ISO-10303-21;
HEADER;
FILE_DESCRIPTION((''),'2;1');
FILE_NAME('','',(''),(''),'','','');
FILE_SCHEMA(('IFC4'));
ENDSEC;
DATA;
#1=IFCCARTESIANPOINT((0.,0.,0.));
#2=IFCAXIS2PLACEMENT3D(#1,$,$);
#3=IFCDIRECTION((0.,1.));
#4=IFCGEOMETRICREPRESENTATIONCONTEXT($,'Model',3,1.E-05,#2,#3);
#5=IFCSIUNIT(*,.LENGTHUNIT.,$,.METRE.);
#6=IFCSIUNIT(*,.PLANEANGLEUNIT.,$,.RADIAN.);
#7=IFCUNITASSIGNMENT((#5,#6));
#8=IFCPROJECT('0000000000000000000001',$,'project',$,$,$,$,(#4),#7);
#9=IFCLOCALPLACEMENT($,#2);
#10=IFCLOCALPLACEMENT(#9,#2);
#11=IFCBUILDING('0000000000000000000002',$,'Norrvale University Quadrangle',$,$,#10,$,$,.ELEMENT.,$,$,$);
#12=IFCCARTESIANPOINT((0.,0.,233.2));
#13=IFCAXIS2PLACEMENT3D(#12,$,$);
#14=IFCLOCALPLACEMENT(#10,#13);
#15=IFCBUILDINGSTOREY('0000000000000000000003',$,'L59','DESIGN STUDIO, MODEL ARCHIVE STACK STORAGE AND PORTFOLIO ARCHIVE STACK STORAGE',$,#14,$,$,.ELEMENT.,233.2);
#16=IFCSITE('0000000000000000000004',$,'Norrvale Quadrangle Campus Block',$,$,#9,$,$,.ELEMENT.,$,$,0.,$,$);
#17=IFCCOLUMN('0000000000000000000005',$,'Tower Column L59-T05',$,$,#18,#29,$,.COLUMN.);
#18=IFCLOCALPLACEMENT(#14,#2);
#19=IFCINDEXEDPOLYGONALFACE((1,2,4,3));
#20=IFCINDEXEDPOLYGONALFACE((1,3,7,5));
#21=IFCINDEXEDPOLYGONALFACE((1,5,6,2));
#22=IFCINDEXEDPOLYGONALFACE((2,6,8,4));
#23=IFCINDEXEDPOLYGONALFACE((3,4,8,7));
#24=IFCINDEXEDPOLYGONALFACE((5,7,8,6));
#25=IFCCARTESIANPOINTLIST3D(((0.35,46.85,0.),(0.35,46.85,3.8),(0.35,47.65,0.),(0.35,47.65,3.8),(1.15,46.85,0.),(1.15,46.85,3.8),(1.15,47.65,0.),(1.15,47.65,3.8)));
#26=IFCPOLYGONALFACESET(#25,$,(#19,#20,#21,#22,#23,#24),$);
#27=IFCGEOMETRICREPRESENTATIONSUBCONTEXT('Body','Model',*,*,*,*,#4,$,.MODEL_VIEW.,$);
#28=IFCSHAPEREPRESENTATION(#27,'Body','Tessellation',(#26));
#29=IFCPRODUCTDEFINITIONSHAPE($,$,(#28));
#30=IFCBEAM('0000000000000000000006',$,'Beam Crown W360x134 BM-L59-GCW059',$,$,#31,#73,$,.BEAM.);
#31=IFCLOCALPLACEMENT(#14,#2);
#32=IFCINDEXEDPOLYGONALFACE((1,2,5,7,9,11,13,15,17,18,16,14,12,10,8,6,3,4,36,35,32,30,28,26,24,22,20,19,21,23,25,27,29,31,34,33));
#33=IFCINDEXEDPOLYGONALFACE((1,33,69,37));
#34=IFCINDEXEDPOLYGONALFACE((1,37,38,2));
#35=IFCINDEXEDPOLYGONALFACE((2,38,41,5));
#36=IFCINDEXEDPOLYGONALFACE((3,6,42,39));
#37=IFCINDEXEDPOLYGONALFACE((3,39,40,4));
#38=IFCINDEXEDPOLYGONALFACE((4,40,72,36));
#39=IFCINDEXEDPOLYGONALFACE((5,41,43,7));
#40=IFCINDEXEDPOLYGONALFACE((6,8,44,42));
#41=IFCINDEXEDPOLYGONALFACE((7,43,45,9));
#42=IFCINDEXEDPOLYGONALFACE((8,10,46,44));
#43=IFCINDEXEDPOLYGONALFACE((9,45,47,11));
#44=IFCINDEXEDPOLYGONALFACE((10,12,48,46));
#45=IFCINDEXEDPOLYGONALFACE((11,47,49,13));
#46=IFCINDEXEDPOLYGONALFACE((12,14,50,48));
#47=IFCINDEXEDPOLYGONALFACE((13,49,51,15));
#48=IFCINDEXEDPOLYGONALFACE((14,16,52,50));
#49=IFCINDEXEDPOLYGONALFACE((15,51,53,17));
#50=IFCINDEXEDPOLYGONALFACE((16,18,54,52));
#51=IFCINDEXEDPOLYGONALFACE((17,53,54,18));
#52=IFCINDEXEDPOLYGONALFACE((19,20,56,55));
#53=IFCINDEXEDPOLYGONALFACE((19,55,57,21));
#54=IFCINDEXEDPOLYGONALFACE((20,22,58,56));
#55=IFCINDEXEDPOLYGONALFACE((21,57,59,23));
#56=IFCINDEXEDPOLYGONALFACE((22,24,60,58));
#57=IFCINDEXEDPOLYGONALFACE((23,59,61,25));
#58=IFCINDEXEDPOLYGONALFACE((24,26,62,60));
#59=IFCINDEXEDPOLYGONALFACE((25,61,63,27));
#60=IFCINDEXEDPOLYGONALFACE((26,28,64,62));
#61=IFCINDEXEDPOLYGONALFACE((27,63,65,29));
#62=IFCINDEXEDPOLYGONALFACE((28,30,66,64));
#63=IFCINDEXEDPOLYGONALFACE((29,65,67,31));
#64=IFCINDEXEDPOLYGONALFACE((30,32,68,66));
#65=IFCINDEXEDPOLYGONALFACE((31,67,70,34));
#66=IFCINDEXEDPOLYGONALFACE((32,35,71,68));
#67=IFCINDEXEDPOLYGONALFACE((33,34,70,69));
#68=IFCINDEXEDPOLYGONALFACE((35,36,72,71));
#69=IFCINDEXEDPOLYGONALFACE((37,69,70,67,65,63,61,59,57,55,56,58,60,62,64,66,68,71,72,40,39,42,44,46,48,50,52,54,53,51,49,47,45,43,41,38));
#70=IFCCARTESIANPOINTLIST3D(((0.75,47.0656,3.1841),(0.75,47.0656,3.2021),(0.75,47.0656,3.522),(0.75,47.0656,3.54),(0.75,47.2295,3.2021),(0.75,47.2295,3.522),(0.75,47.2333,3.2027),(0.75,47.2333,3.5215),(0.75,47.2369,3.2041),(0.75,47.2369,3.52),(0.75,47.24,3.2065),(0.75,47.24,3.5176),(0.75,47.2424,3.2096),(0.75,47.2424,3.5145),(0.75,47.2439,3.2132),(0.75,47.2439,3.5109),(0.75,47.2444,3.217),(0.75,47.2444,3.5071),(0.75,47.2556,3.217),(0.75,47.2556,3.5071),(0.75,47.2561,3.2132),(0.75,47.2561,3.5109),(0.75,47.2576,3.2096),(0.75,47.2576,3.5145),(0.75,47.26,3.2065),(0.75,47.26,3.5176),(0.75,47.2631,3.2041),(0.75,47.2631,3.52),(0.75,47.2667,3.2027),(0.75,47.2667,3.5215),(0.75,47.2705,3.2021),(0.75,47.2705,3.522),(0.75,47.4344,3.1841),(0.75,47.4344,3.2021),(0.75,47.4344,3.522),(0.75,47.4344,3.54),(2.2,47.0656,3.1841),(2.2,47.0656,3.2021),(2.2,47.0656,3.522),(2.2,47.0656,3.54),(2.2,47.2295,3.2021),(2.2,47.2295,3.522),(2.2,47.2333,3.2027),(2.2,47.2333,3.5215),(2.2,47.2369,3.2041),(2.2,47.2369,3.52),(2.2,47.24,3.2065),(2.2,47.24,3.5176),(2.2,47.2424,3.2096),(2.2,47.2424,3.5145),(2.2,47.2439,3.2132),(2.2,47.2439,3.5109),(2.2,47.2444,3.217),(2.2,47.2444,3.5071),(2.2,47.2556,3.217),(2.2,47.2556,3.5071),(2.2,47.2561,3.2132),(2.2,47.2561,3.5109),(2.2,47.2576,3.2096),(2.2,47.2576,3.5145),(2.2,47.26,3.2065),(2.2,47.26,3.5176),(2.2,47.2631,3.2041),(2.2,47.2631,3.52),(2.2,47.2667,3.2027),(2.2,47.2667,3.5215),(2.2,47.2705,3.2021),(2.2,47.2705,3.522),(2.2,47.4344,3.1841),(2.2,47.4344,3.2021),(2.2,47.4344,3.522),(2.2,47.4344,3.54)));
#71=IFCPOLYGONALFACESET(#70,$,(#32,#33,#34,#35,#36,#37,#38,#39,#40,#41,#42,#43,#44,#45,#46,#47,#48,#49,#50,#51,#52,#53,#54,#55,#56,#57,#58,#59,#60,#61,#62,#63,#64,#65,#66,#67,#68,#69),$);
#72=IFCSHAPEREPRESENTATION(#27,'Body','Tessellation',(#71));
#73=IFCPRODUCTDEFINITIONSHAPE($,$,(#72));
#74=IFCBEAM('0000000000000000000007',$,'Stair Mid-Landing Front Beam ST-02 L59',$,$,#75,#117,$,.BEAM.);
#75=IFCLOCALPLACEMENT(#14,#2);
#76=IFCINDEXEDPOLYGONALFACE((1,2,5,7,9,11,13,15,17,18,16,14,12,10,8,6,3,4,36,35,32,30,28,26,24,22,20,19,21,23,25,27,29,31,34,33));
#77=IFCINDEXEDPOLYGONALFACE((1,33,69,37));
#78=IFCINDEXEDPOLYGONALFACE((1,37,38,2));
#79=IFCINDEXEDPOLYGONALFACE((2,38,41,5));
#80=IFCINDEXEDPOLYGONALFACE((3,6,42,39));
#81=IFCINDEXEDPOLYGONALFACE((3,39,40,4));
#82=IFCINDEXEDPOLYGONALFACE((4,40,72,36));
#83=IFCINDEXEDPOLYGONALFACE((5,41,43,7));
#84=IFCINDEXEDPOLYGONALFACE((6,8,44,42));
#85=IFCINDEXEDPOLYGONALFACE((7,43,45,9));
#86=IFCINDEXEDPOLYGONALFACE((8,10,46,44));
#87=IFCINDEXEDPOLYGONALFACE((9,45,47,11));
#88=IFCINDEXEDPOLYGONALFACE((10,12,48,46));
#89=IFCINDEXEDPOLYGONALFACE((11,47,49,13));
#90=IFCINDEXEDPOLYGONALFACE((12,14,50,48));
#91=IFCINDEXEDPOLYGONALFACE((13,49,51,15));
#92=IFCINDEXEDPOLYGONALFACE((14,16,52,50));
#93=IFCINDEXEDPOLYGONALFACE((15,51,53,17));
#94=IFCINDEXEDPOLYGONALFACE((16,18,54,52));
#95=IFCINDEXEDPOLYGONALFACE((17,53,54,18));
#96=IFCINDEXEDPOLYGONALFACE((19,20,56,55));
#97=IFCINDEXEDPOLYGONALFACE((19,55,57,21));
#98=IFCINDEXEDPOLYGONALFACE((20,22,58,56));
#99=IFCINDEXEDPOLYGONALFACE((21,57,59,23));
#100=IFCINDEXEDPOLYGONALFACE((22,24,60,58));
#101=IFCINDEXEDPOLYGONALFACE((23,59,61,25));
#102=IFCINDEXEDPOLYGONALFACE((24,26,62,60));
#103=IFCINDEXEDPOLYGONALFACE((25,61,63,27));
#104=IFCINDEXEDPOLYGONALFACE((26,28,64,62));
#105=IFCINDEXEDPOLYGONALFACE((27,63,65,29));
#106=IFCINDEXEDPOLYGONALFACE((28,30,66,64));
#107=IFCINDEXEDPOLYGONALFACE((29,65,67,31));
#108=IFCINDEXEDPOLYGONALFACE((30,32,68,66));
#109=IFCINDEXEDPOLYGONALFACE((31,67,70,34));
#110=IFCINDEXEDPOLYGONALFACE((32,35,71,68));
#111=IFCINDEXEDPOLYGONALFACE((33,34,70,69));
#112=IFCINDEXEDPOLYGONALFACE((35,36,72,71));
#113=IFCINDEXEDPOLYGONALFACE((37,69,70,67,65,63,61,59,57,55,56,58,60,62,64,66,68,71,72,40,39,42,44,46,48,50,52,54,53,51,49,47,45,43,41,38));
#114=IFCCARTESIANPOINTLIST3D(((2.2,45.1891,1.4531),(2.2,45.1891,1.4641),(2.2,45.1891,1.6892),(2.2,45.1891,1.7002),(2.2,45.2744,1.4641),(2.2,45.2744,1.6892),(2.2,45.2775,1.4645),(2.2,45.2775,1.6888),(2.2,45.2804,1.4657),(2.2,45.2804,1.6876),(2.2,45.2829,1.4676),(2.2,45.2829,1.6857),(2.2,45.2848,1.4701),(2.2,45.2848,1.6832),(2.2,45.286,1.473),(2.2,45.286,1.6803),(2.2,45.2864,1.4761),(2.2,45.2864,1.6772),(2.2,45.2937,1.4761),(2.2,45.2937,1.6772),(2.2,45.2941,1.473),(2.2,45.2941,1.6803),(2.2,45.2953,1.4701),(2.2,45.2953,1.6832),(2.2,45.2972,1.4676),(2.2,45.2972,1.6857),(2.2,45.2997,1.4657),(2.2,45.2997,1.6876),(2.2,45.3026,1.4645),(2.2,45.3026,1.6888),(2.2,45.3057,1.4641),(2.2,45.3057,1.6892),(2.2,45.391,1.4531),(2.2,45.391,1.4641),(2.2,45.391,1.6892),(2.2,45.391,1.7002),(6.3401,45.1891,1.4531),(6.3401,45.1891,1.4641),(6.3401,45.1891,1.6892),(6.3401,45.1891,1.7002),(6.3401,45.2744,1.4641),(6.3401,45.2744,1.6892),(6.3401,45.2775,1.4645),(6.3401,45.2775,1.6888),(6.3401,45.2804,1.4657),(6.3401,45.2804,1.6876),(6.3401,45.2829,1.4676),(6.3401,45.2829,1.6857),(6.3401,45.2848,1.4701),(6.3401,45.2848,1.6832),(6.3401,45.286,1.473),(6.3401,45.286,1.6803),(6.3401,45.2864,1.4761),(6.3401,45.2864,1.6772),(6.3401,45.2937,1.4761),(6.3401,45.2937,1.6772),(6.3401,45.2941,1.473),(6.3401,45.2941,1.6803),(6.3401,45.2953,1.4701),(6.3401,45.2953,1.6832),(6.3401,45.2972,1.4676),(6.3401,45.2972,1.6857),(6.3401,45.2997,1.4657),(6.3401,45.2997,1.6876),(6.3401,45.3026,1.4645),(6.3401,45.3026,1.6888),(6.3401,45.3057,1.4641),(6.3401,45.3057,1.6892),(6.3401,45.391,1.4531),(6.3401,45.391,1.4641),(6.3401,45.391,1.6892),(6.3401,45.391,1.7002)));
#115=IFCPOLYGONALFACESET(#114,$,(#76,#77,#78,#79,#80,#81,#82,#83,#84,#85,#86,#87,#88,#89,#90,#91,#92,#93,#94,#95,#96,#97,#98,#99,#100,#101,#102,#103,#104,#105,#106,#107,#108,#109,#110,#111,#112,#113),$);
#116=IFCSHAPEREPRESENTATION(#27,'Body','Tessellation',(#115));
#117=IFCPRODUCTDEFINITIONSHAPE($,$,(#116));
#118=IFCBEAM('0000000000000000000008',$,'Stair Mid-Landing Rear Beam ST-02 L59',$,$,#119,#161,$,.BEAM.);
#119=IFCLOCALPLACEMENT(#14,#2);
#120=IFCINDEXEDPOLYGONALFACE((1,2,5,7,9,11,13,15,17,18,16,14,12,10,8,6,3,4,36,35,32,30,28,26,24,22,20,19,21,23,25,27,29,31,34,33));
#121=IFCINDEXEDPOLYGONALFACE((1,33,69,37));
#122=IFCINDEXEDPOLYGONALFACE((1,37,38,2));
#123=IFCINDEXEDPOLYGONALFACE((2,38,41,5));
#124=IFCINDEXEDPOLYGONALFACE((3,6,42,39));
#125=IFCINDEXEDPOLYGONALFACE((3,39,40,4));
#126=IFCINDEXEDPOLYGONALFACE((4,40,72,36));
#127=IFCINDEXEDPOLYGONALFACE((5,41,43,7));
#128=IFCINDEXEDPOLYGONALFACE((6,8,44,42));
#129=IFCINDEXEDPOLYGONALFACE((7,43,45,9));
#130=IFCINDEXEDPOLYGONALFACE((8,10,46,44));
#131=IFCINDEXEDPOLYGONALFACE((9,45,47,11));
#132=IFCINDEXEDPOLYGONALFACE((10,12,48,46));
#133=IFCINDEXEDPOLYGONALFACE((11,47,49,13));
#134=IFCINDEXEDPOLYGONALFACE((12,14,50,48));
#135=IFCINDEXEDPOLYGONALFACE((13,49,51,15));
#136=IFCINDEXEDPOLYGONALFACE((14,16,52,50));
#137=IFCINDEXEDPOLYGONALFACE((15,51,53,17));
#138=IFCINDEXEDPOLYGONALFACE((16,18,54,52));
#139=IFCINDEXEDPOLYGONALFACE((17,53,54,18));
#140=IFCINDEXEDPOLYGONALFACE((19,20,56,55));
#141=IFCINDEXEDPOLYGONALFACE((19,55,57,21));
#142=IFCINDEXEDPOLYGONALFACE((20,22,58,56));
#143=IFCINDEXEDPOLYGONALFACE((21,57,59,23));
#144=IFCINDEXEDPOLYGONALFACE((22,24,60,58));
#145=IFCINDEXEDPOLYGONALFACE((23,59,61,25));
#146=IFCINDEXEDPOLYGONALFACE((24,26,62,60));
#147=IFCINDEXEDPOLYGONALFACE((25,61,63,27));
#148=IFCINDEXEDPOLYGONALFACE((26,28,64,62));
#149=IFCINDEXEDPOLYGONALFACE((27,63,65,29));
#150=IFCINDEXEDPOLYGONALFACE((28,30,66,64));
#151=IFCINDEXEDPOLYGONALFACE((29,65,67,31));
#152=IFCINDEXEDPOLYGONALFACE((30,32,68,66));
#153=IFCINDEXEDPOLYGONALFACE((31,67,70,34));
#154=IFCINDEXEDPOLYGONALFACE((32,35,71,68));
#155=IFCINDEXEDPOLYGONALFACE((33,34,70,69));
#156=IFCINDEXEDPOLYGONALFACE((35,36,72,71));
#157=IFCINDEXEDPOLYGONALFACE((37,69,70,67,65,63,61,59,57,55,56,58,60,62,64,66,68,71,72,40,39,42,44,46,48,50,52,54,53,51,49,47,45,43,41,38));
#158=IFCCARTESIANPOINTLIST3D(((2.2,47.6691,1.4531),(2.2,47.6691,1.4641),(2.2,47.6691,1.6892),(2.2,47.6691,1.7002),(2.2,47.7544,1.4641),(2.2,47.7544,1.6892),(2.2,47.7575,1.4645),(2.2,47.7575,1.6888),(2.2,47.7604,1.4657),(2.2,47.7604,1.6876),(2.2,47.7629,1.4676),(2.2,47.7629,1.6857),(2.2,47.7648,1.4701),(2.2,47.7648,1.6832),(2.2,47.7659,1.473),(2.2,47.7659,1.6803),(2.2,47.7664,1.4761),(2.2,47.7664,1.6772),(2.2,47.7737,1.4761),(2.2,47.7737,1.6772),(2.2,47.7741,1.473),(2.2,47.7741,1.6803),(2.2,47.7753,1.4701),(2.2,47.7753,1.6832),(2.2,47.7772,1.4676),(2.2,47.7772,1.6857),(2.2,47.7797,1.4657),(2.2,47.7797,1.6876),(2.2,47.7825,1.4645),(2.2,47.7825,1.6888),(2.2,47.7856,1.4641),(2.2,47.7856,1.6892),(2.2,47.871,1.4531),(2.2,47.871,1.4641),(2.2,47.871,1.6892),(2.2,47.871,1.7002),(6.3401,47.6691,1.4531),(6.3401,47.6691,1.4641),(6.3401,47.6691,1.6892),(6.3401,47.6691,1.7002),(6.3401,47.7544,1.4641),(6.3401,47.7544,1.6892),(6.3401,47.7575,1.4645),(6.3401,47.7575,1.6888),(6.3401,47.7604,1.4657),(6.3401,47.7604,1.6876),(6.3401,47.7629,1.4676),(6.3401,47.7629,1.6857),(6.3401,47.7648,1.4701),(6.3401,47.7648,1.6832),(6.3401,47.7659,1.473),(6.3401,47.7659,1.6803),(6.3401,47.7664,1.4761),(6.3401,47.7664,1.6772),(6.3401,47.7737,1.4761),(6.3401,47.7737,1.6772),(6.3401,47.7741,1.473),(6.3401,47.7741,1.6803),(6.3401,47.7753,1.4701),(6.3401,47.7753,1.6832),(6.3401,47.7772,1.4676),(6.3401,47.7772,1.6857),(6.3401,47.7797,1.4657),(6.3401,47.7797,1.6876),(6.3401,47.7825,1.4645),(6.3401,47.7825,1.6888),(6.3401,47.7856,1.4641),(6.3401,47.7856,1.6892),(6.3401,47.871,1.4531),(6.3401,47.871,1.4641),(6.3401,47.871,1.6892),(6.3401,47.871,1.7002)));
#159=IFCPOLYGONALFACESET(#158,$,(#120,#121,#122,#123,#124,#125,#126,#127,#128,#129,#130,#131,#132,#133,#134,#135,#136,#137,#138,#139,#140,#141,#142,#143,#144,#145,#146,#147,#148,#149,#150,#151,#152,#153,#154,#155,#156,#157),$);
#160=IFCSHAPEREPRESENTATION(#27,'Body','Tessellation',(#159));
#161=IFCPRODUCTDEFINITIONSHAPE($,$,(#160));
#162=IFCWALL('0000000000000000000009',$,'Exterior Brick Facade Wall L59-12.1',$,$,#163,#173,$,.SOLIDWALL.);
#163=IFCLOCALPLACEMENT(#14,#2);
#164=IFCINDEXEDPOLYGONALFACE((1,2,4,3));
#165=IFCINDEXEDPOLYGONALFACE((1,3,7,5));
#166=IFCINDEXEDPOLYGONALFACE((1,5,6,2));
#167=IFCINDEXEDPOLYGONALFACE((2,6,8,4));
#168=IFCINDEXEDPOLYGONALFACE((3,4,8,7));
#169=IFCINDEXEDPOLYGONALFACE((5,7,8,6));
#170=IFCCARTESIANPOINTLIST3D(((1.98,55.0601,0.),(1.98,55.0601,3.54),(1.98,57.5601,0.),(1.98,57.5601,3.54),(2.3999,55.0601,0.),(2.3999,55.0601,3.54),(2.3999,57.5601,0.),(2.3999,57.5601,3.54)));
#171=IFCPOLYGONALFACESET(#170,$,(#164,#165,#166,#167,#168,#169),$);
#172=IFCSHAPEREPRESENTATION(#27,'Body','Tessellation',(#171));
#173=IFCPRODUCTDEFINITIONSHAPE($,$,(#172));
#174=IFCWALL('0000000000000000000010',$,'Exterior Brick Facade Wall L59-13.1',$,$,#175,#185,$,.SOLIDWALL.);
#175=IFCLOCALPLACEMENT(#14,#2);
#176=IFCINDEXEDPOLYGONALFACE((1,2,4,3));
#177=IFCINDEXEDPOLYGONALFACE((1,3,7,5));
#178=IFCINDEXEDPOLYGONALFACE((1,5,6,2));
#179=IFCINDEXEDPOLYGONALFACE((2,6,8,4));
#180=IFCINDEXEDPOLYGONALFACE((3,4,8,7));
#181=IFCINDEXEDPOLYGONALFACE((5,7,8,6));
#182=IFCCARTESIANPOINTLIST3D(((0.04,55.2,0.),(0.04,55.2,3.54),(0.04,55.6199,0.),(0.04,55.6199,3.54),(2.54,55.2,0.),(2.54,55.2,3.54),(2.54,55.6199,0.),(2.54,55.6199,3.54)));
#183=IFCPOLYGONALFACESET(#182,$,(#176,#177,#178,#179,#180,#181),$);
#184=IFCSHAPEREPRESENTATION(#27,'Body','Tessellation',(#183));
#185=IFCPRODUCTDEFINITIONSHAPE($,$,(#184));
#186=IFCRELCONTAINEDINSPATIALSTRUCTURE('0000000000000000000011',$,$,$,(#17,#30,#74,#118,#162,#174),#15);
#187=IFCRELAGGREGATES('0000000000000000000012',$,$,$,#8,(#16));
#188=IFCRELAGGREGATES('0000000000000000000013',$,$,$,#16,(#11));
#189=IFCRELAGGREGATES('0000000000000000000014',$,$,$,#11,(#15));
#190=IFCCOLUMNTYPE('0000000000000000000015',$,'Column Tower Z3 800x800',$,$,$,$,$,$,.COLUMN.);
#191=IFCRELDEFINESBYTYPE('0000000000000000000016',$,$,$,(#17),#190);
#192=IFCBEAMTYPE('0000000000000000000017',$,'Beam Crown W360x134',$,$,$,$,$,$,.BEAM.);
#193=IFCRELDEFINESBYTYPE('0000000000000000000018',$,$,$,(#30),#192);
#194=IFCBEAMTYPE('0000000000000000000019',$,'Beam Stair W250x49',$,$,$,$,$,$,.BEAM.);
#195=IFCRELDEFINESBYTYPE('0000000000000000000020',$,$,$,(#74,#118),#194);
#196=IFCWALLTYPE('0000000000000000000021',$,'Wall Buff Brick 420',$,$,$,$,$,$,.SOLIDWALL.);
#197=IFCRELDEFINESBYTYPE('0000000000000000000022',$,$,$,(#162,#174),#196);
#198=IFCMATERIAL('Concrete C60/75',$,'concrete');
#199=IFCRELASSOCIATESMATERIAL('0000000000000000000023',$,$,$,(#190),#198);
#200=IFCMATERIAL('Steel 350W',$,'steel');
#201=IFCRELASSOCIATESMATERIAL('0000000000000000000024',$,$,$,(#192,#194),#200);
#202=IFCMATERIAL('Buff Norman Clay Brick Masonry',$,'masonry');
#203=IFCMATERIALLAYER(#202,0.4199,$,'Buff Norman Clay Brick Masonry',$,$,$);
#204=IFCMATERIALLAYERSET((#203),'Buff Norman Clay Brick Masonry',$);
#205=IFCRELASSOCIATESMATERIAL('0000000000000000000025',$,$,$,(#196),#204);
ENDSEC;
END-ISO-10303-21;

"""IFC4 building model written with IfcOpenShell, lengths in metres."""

from ifc_helpers import new_model, si_unit, direction, frame, frame_2d, origin, origin_2d, place, context, subcontext, project, spatial, rectangle, i_section, extrude, material, layer, layer_set, material_profile, profile_set, type_object, element, save


model = new_model("IFC4")

# Units and contexts
model_context = context("Model", 3, precision=1e-05, world=origin(), true_north=direction((0.0, 1.0)))
body_context = subcontext(model_context, "Body", "Model", "MODEL_VIEW")
ifc_project = project(units=[si_unit("LENGTHUNIT", "METRE"), si_unit("PLANEANGLEUNIT", "RADIAN")], contexts=[model_context])

# Site, building, storey
site_placement = place(None, origin())
site = spatial("IfcSite", under=ifc_project, at=site_placement, Name="Norrvale Quadrangle Campus Block", CompositionType="ELEMENT", RefElevation=0.0)
building_placement = place(site_placement, origin())
building = spatial("IfcBuilding", under=site, at=building_placement, Name="Norrvale University Quadrangle", CompositionType="ELEMENT")
storey_placement = place(building_placement, frame((0.0, 0.0, 233.2)))
storey = spatial("IfcBuildingStorey", under=building, at=storey_placement, Name="L59", Description="DESIGN STUDIO, MODEL ARCHIVE STACK STORAGE AND PORTFOLIO ARCHIVE STACK STORAGE", CompositionType="ELEMENT", Elevation=233.2)

# Column
ifc_material_1 = material(Name="Concrete C60/75", Category="concrete")
ifc_material_profile_1 = material_profile(ifc_material_1, rectangle(XDim=0.8, YDim=0.8, at=origin_2d()), Name="Concrete C60/75")
ifc_profile_set_1 = profile_set([ifc_material_profile_1], Name="Concrete C60/75")
column_type = type_object("IfcColumnType", Name="Column Tower Z3 800x800", PredefinedType="COLUMN", material=ifc_profile_set_1)
column_placement = place(storey_placement, frame((0.75, 47.25, 0.0), z_axis=(0.0, 0.0, 1.0), x_axis=(1.0, 0.0, 0.0)))
element("IfcColumn", 1, at=column_placement, inside=storey, type_object=column_type, Name="Tower Column L59-T05", PredefinedType="COLUMN", context=body_context, shape_type="SweptSolid", body=[
    extrude(rectangle(XDim=0.8, YDim=0.8, at=origin_2d()), origin(), (0.0, 0.0, 1.0), 3.8),
])

# Beams
ifc_material_2 = material(Name="Steel 350W", Category="steel")
ifc_material_profile_2 = material_profile(ifc_material_2, i_section(OverallWidth=0.3689, OverallDepth=0.356, WebThickness=0.0112, FlangeThickness=0.0181, FilletRadius=0.0149, at=origin_2d()), Name="Steel 350W")
ifc_profile_set_2 = profile_set([ifc_material_profile_2], Name="Steel 350W")
beam_type_1 = type_object("IfcBeamType", Name="Beam Crown W360x134", PredefinedType="BEAM", material=ifc_profile_set_2)
beam_placement = place(storey_placement, frame((0.75, 47.25, 3.3621), z_axis=(1.0, 0.0, 0.0), x_axis=(0.0, 1.0, 0.0)))
element("IfcBeam", 2, at=beam_placement, inside=storey, type_object=beam_type_1, Name="Beam Crown W360x134 BM-L59-GCW059", PredefinedType="BEAM", context=body_context, shape_type="SweptSolid", body=[
    extrude(i_section(OverallWidth=0.3689, OverallDepth=0.356, WebThickness=0.0112, FlangeThickness=0.0181, FilletRadius=0.0149, at=origin_2d()), origin(), (0.0, 0.0, 1.0), 1.45),
])
ifc_material_profile_3 = material_profile(ifc_material_2, i_section(OverallWidth=0.2019, OverallDepth=0.2471, WebThickness=0.0073, FlangeThickness=0.011, FilletRadius=0.012, at=origin_2d()), Name="Steel 350W")
ifc_profile_set_3 = profile_set([ifc_material_profile_3], Name="Steel 350W")
beam_type_2 = type_object("IfcBeamType", Name="Beam Stair W250x49", PredefinedType="BEAM", material=ifc_profile_set_3)
for number, where, z_axis, x_axis, name in (
    (3, (2.2, 45.29, 1.5767), (1.0, 0.0, 0.0), (0.0, 1.0, 0.0), "Stair Mid-Landing Front Beam ST-02 L59"),
    (4, (2.2, 47.77, 1.5767), (1.0, 0.0, 0.0), (0.0, 1.0, 0.0), "Stair Mid-Landing Rear Beam ST-02 L59"),
):
    element("IfcBeam", number, at=place(storey_placement, frame(where, z_axis=z_axis, x_axis=x_axis)), inside=storey, type_object=beam_type_2, Name=name, PredefinedType="BEAM", context=body_context, shape_type="SweptSolid", body=[
        extrude(i_section(OverallWidth=0.2019, OverallDepth=0.2471, WebThickness=0.0073, FlangeThickness=0.011, FilletRadius=0.012, at=origin_2d()), origin(), (0.0, 0.0, 1.0), 4.1401),
    ])

# Walls
ifc_material_3 = material(Name="Buff Norman Clay Brick Masonry", Category="masonry")
ifc_layer_1 = layer(ifc_material_3, 0.4199, Name="Buff Norman Clay Brick Masonry")
ifc_layer_set_1 = layer_set([ifc_layer_1], Name="Buff Norman Clay Brick Masonry")
wall_type_1 = type_object("IfcWallType", Name="Wall Buff Brick 420", PredefinedType="SOLIDWALL", material=ifc_layer_set_1)
for number, where, z_axis, x_axis, name in (
    (5, (2.1899, 57.5601, 0.0), (0.0, 0.0, 1.0), (0.0, -1.0, 0.0), "Exterior Brick Facade Wall L59-12.1"),
    (6, (2.54, 55.4099, 0.0), (0.0, 0.0, 1.0), (-1.0, 0.0, 0.0), "Exterior Brick Facade Wall L59-13.1"),
):
    element("IfcWall", number, at=place(storey_placement, frame(where, z_axis=z_axis, x_axis=x_axis)), inside=storey, type_object=wall_type_1, Name=name, PredefinedType="SOLIDWALL", context=body_context, shape_type="SweptSolid", body=[
        extrude(rectangle(XDim=2.5, YDim=0.4199, at=frame_2d((1.25, 0.0))), origin(), (0.0, 0.0, 1.0), 3.54),
    ])

save(model, "model.ifc")
